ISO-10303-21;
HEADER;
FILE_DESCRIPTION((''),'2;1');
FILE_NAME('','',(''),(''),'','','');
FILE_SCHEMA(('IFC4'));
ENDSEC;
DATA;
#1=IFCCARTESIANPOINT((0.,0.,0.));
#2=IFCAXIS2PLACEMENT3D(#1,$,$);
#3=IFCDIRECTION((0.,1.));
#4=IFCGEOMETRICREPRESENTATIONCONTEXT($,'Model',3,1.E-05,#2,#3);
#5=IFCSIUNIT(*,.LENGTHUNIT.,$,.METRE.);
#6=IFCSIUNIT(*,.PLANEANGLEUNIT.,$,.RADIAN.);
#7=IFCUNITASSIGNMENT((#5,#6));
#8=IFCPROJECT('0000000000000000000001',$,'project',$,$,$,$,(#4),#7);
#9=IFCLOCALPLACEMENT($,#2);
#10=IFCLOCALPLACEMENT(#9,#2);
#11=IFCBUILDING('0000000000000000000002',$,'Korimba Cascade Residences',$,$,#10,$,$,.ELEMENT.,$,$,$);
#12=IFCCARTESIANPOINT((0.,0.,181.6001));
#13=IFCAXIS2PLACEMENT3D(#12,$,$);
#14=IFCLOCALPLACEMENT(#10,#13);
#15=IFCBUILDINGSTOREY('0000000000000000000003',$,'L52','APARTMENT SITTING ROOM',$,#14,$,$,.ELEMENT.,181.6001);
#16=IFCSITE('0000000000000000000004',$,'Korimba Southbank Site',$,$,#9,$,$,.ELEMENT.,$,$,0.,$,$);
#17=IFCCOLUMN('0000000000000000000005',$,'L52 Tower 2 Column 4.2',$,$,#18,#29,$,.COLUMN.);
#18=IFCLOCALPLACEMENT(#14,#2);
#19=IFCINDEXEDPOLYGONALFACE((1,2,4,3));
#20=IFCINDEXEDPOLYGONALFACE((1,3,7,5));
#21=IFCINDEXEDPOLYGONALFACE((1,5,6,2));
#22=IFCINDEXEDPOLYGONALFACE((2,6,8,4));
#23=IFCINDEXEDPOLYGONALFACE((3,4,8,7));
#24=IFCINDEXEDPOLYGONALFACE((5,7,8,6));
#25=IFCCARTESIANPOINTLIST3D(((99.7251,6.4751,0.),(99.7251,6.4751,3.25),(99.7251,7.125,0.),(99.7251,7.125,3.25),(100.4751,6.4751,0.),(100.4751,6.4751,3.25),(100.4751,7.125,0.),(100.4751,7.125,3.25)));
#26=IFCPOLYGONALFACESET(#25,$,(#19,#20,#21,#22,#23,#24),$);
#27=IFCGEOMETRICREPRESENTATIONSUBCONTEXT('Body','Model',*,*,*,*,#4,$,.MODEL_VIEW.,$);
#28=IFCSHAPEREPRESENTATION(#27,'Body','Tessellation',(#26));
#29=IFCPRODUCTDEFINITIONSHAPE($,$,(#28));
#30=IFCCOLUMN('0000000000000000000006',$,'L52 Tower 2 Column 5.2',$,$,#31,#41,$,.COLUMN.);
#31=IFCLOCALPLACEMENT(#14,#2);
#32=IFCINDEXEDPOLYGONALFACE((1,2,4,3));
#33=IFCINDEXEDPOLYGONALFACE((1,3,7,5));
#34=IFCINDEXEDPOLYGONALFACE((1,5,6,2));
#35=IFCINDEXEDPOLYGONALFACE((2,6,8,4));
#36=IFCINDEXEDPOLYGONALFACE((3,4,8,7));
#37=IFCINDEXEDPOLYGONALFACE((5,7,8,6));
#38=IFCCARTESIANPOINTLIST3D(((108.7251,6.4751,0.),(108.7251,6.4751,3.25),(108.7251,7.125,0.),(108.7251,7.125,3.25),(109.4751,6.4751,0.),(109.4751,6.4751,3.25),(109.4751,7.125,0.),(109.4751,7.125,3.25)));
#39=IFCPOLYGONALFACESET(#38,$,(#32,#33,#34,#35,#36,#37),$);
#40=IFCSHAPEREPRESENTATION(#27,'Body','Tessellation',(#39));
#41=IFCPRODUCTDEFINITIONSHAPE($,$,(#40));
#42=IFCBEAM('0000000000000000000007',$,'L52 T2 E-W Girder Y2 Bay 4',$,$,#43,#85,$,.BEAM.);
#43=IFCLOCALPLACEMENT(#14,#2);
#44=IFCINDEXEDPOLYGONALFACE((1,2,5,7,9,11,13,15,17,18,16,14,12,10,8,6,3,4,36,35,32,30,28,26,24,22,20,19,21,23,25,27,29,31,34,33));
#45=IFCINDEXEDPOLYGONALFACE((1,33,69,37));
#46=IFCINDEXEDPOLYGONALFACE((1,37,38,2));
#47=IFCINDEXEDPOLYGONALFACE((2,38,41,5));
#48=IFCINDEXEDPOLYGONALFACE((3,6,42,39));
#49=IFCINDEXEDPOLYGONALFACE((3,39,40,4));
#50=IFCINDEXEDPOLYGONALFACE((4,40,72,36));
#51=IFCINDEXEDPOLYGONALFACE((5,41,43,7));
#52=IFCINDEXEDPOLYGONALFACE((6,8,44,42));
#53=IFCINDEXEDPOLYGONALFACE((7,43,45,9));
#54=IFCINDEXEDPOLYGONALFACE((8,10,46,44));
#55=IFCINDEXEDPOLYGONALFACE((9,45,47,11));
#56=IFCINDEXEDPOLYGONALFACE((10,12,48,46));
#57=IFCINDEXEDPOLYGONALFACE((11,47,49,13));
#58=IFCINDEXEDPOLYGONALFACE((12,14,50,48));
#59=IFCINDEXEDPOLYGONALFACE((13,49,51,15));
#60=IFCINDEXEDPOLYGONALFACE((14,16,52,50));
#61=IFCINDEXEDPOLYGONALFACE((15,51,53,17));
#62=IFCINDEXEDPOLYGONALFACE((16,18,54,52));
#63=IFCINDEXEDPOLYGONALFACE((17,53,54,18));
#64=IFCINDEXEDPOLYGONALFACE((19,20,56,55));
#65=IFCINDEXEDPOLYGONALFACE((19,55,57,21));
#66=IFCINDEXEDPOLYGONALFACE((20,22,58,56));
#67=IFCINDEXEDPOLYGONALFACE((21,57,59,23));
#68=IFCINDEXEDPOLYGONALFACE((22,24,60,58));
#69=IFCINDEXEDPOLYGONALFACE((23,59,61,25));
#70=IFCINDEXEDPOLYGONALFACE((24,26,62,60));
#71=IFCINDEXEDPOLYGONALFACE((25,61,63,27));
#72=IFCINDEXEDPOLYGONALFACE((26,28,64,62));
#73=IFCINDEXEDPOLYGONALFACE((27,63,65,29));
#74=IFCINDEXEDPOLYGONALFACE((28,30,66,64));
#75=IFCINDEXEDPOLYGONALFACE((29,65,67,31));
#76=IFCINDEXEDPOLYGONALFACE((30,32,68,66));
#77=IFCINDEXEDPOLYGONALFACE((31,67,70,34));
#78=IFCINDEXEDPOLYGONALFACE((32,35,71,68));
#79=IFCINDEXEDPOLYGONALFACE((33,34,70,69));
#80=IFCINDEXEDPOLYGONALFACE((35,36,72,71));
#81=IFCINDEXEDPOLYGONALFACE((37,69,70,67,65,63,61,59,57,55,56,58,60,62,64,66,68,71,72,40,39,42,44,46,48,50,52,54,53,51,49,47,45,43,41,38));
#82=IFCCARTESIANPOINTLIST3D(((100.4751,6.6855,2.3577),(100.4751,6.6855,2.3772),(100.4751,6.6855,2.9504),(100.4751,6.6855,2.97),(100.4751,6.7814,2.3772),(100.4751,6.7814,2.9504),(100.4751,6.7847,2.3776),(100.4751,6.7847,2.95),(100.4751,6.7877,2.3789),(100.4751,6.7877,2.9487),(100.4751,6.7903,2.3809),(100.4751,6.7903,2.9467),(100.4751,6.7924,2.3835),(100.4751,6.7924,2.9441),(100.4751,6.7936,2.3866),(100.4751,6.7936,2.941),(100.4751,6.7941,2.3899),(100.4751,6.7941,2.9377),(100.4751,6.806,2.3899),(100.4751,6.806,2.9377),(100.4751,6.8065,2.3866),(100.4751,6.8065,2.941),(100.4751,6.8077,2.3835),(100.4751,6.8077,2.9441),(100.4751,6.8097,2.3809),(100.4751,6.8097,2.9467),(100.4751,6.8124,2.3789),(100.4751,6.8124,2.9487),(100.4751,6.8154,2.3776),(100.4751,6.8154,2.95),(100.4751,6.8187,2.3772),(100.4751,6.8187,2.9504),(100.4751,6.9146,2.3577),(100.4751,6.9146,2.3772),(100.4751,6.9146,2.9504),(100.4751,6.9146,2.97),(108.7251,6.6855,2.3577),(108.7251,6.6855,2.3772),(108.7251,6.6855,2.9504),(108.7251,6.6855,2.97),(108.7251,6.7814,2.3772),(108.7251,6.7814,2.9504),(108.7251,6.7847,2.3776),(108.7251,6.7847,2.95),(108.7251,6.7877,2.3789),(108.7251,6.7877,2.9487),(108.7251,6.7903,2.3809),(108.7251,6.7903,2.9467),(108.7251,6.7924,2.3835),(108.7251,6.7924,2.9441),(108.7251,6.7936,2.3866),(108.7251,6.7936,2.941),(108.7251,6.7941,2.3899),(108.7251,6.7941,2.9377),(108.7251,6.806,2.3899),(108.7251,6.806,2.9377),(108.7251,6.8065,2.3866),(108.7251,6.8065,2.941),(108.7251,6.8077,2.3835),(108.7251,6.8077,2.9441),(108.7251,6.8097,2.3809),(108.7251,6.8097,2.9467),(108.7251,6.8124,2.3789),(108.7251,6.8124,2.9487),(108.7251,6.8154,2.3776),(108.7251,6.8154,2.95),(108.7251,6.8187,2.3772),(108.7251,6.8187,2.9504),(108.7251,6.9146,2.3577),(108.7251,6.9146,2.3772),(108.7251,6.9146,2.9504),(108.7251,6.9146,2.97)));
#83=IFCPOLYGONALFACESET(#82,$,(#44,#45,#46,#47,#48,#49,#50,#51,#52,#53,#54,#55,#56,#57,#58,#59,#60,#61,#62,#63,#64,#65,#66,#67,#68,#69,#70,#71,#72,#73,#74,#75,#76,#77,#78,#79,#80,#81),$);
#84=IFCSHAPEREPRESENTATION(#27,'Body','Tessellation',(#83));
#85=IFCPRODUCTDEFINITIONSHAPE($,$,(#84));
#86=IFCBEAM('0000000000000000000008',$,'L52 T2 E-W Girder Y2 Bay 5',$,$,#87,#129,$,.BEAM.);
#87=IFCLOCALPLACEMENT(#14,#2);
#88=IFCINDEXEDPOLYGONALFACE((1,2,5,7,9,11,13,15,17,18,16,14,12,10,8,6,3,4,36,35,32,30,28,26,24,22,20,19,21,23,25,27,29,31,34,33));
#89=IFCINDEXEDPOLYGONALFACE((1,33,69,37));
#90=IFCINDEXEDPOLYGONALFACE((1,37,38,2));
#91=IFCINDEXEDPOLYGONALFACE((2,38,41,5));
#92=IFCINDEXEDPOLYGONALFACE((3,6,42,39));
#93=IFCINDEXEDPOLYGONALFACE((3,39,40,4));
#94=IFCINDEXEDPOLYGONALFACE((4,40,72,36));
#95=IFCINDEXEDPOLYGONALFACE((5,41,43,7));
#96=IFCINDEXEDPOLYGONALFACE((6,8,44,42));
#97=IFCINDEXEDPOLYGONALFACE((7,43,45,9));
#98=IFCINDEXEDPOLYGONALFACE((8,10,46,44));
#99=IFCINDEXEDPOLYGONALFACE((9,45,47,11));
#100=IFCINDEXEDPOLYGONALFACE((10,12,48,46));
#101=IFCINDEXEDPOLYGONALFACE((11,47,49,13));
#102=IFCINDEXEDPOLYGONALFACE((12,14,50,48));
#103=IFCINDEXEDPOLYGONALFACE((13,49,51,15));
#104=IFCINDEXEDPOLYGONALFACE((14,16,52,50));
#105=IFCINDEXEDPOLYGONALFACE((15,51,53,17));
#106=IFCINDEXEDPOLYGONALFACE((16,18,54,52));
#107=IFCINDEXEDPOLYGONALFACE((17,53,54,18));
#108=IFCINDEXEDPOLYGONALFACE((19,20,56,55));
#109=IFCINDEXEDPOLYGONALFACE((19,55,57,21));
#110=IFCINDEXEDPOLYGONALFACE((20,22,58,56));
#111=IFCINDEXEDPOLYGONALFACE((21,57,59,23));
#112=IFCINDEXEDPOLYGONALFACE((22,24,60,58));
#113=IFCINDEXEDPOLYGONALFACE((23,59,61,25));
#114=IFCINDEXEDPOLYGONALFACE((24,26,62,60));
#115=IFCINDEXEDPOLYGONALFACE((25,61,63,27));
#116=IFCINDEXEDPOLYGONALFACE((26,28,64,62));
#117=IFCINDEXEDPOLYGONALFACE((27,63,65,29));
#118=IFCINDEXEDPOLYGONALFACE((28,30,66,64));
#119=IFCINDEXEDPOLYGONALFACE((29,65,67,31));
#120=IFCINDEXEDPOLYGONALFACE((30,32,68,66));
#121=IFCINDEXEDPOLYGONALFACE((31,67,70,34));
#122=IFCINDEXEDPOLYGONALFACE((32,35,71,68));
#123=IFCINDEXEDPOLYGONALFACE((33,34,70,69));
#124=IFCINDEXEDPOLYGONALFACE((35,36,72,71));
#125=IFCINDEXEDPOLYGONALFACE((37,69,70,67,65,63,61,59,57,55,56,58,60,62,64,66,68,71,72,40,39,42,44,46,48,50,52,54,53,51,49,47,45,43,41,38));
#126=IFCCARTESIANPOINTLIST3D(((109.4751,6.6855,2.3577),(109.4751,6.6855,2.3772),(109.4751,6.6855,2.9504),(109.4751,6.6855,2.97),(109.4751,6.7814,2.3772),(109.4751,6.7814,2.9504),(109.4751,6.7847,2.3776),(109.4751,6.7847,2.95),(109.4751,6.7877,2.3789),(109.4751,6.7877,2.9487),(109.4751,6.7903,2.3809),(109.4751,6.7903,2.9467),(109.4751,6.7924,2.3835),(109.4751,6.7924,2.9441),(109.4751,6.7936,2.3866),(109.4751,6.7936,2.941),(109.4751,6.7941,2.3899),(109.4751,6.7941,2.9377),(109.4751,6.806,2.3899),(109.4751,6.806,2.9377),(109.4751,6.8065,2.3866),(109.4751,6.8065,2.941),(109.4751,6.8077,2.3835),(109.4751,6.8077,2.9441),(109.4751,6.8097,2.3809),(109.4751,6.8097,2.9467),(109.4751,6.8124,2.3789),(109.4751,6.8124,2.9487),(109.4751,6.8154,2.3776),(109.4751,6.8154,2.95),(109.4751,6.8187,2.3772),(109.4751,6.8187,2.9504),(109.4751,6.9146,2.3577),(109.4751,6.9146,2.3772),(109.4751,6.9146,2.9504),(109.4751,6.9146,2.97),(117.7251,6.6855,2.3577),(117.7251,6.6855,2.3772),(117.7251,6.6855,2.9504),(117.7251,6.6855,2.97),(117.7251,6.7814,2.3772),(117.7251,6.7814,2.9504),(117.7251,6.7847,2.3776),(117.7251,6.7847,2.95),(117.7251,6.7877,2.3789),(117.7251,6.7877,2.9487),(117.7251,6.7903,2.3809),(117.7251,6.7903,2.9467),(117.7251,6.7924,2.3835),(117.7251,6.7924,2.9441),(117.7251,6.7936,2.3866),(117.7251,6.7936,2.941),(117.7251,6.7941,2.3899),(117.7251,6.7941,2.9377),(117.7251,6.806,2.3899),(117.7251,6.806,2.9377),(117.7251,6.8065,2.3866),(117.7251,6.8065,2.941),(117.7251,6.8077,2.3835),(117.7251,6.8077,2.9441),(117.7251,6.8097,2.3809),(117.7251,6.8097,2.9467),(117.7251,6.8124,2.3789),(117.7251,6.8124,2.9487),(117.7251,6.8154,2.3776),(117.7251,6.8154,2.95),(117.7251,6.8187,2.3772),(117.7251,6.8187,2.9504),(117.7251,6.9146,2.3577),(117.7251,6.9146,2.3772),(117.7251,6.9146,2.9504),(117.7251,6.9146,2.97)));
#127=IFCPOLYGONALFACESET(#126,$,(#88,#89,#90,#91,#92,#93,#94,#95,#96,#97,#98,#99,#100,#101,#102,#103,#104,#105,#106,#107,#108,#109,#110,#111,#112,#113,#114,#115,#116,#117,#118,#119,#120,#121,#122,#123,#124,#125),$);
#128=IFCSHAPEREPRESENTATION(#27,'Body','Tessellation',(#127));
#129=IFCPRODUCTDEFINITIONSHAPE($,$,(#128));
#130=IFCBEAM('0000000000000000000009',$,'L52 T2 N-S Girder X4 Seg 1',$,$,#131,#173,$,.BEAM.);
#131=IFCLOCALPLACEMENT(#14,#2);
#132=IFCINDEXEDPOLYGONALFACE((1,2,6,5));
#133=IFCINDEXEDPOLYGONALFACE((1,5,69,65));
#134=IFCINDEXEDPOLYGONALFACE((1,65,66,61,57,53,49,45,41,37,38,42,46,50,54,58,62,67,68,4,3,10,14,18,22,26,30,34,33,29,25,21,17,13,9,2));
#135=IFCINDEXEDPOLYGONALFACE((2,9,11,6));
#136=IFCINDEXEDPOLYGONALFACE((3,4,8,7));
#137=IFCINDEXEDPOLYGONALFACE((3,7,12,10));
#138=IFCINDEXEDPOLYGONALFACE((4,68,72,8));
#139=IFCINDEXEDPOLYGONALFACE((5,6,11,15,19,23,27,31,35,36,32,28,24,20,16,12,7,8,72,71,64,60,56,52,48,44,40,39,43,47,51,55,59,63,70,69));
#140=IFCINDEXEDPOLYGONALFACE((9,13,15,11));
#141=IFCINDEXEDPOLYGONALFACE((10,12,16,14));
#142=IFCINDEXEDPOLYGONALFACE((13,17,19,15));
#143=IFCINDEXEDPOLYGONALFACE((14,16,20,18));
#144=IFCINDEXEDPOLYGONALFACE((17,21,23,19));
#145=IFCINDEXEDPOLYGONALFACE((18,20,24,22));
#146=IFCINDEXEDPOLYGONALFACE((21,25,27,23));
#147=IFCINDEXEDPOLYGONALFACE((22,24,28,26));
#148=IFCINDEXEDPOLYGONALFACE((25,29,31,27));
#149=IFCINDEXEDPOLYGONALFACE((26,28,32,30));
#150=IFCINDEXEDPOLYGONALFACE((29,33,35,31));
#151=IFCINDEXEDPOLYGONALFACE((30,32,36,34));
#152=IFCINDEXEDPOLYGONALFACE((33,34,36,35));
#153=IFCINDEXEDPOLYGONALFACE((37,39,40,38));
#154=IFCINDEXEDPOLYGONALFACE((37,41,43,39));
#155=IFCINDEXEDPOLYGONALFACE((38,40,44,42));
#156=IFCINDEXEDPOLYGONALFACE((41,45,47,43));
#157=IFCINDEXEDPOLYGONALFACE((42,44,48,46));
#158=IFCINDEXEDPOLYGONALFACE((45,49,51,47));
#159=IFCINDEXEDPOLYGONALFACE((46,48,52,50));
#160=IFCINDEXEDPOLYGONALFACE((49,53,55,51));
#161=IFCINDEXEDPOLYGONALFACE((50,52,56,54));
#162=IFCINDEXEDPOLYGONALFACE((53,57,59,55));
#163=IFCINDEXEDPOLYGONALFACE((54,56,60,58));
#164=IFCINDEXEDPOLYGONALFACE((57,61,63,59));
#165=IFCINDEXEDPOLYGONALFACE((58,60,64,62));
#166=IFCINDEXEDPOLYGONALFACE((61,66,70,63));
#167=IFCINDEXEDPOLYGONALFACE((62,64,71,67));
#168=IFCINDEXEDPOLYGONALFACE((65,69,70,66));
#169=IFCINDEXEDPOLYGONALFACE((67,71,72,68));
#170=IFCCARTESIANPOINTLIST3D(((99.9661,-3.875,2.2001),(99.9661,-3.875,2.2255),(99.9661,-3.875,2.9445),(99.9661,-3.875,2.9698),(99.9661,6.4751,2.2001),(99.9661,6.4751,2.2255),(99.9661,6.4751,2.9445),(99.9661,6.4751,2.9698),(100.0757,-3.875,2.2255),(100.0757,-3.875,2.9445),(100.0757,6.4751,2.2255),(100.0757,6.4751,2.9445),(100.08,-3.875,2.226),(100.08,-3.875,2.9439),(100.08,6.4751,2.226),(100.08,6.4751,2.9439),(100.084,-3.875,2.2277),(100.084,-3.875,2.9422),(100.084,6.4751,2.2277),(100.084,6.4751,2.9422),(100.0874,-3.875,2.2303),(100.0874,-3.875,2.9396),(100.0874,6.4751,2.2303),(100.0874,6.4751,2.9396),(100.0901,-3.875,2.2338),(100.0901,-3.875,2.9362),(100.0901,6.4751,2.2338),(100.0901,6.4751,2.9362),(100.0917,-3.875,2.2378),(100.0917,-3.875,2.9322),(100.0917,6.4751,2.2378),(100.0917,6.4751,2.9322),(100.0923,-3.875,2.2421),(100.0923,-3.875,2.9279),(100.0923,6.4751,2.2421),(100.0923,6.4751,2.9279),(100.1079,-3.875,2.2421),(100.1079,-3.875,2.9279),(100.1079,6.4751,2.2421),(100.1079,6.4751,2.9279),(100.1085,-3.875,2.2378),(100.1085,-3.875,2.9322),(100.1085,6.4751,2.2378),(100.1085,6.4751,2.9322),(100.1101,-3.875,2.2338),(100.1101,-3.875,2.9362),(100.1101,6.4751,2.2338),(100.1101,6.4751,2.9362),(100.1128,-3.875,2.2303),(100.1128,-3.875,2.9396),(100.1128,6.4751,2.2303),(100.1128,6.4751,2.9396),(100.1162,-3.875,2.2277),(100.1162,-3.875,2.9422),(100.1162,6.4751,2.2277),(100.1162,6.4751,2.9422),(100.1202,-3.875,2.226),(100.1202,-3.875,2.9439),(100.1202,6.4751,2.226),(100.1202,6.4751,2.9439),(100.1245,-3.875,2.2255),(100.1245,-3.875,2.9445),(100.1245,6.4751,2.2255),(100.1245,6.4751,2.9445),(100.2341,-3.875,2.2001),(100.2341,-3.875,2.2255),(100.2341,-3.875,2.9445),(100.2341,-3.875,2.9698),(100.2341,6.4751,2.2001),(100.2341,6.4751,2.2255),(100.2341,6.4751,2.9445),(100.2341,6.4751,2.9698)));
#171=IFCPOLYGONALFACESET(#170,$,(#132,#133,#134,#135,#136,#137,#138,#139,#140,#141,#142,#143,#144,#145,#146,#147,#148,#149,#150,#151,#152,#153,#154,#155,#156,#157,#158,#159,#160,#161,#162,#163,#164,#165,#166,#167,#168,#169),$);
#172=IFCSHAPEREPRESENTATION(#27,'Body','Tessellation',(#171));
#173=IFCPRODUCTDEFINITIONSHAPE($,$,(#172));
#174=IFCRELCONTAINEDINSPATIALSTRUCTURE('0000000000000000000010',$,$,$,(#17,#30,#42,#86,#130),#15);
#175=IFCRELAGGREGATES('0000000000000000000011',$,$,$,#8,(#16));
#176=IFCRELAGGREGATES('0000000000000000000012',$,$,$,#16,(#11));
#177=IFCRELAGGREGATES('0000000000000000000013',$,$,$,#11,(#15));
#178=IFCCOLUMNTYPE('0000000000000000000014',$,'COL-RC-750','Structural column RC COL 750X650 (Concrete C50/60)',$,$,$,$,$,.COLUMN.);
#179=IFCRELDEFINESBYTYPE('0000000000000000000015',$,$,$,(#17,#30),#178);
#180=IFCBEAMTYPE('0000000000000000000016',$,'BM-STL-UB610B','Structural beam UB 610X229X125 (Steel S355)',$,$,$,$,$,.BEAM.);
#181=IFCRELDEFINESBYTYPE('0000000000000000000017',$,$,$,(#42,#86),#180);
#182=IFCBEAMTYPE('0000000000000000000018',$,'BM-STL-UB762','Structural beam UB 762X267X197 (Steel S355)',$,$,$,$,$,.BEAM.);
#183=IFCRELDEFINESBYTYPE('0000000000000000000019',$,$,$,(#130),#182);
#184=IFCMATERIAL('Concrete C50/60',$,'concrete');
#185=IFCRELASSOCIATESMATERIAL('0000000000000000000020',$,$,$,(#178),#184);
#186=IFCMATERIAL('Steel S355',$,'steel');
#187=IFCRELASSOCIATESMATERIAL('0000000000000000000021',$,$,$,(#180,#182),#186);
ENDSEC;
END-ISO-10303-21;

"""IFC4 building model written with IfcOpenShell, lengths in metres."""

from ifc_helpers import new_model, si_unit, direction, frame, origin, origin_2d, place, context, subcontext, project, spatial, rectangle, i_section, extrude, material, material_profile, profile_set, type_object, element, save


model = new_model("IFC4")

# Units and contexts
model_context = context("Model", 3, precision=1e-05, world=origin(), true_north=direction((0.0, 1.0)))
body_context = subcontext(model_context, "Body", "Model", "MODEL_VIEW")
ifc_project = project(units=[si_unit("LENGTHUNIT", "METRE"), si_unit("PLANEANGLEUNIT", "RADIAN")], contexts=[model_context])

# Site, building, storey
site_placement = place(None, origin())
site = spatial("IfcSite", under=ifc_project, at=site_placement, Name="Korimba Southbank Site", CompositionType="ELEMENT", RefElevation=0.0)
building_placement = place(site_placement, origin())
building = spatial("IfcBuilding", under=site, at=building_placement, Name="Korimba Cascade Residences", CompositionType="ELEMENT")
storey_placement = place(building_placement, frame((0.0, 0.0, 181.6001)))
storey = spatial("IfcBuildingStorey", under=building, at=storey_placement, Name="L52", Description="APARTMENT SITTING ROOM", CompositionType="ELEMENT", Elevation=181.6001)

# Columns
ifc_material_1 = material(Name="Concrete C50/60", Category="concrete")
ifc_material_profile_1 = material_profile(ifc_material_1, rectangle(XDim=0.75, YDim=0.6499, at=origin_2d()), Name="Concrete C50/60")
ifc_profile_set_1 = profile_set([ifc_material_profile_1], Name="Concrete C50/60")
column_type = type_object("IfcColumnType", Name="COL-RC-750", Description="Structural column RC COL 750X650 (Concrete C50/60)", PredefinedType="COLUMN", material=ifc_profile_set_1)
for number, where, z_axis, x_axis, name in (
    (1, (100.1001, 6.8, 0.0), (0.0, 0.0, 1.0), (1.0, 0.0, 0.0), "L52 Tower 2 Column 4.2"),
    (2, (109.1001, 6.8, 0.0), (0.0, 0.0, 1.0), (1.0, 0.0, 0.0), "L52 Tower 2 Column 5.2"),
):
    element("IfcColumn", number, at=place(storey_placement, frame(where, z_axis=z_axis, x_axis=x_axis)), inside=storey, type_object=column_type, Name=name, PredefinedType="COLUMN", context=body_context, shape_type="SweptSolid", body=[
        extrude(rectangle(XDim=0.75, YDim=0.6499, at=origin_2d()), origin(), (0.0, 0.0, 1.0), 3.25),
    ])

# Beams
ifc_material_2 = material(Name="Steel S355", Category="steel")
ifc_material_profile_2 = material_profile(ifc_material_2, i_section(OverallWidth=0.229, OverallDepth=0.6123, WebThickness=0.012, FlangeThickness=0.0195, FilletRadius=0.0127, at=origin_2d()), Name="Steel S355")
ifc_profile_set_2 = profile_set([ifc_material_profile_2], Name="Steel S355")
beam_type_1 = type_object("IfcBeamType", Name="BM-STL-UB610B", Description="Structural beam UB 610X229X125 (Steel S355)", PredefinedType="BEAM", material=ifc_profile_set_2)
for number, where, z_axis, x_axis, name in (
    (3, (100.4751, 6.8, 2.6638), (1.0, 0.0, 0.0), (0.0, 1.0, 0.0), "L52 T2 E-W Girder Y2 Bay 4"),
    (4, (109.4751, 6.8, 2.6638), (1.0, 0.0, 0.0), (0.0, 1.0, 0.0), "L52 T2 E-W Girder Y2 Bay 5"),
):
    element("IfcBeam", number, at=place(storey_placement, frame(where, z_axis=z_axis, x_axis=x_axis)), inside=storey, type_object=beam_type_1, Name=name, PredefinedType="BEAM", context=body_context, shape_type="SweptSolid", body=[
        extrude(i_section(OverallWidth=0.229, OverallDepth=0.6123, WebThickness=0.012, FlangeThickness=0.0195, FilletRadius=0.0127, at=origin_2d()), origin(), (0.0, 0.0, 1.0), 8.25),
    ])
ifc_material_profile_3 = material_profile(ifc_material_2, i_section(OverallWidth=0.2681, OverallDepth=0.7698, WebThickness=0.0156, FlangeThickness=0.0254, FilletRadius=0.0166, at=origin_2d()), Name="Steel S355")
ifc_profile_set_3 = profile_set([ifc_material_profile_3], Name="Steel S355")
beam_type_2 = type_object("IfcBeamType", Name="BM-STL-UB762", Description="Structural beam UB 762X267X197 (Steel S355)", PredefinedType="BEAM", material=ifc_profile_set_3)
for number, where, z_axis, x_axis, name in (
    (5, (100.1001, -3.875, 2.585), (0.0, 1.0, 0.0), (-1.0, 0.0, 0.0), "L52 T2 N-S Girder X4 Seg 1"),
):
    element("IfcBeam", number, at=place(storey_placement, frame(where, z_axis=z_axis, x_axis=x_axis)), inside=storey, type_object=beam_type_2, Name=name, PredefinedType="BEAM", context=body_context, shape_type="SweptSolid", body=[
        extrude(i_section(OverallWidth=0.2681, OverallDepth=0.7698, WebThickness=0.0156, FlangeThickness=0.0254, FilletRadius=0.0166, at=origin_2d()), origin(), (0.0, 0.0, 1.0), 10.3501),
    ])

save(model, "model.ifc")
